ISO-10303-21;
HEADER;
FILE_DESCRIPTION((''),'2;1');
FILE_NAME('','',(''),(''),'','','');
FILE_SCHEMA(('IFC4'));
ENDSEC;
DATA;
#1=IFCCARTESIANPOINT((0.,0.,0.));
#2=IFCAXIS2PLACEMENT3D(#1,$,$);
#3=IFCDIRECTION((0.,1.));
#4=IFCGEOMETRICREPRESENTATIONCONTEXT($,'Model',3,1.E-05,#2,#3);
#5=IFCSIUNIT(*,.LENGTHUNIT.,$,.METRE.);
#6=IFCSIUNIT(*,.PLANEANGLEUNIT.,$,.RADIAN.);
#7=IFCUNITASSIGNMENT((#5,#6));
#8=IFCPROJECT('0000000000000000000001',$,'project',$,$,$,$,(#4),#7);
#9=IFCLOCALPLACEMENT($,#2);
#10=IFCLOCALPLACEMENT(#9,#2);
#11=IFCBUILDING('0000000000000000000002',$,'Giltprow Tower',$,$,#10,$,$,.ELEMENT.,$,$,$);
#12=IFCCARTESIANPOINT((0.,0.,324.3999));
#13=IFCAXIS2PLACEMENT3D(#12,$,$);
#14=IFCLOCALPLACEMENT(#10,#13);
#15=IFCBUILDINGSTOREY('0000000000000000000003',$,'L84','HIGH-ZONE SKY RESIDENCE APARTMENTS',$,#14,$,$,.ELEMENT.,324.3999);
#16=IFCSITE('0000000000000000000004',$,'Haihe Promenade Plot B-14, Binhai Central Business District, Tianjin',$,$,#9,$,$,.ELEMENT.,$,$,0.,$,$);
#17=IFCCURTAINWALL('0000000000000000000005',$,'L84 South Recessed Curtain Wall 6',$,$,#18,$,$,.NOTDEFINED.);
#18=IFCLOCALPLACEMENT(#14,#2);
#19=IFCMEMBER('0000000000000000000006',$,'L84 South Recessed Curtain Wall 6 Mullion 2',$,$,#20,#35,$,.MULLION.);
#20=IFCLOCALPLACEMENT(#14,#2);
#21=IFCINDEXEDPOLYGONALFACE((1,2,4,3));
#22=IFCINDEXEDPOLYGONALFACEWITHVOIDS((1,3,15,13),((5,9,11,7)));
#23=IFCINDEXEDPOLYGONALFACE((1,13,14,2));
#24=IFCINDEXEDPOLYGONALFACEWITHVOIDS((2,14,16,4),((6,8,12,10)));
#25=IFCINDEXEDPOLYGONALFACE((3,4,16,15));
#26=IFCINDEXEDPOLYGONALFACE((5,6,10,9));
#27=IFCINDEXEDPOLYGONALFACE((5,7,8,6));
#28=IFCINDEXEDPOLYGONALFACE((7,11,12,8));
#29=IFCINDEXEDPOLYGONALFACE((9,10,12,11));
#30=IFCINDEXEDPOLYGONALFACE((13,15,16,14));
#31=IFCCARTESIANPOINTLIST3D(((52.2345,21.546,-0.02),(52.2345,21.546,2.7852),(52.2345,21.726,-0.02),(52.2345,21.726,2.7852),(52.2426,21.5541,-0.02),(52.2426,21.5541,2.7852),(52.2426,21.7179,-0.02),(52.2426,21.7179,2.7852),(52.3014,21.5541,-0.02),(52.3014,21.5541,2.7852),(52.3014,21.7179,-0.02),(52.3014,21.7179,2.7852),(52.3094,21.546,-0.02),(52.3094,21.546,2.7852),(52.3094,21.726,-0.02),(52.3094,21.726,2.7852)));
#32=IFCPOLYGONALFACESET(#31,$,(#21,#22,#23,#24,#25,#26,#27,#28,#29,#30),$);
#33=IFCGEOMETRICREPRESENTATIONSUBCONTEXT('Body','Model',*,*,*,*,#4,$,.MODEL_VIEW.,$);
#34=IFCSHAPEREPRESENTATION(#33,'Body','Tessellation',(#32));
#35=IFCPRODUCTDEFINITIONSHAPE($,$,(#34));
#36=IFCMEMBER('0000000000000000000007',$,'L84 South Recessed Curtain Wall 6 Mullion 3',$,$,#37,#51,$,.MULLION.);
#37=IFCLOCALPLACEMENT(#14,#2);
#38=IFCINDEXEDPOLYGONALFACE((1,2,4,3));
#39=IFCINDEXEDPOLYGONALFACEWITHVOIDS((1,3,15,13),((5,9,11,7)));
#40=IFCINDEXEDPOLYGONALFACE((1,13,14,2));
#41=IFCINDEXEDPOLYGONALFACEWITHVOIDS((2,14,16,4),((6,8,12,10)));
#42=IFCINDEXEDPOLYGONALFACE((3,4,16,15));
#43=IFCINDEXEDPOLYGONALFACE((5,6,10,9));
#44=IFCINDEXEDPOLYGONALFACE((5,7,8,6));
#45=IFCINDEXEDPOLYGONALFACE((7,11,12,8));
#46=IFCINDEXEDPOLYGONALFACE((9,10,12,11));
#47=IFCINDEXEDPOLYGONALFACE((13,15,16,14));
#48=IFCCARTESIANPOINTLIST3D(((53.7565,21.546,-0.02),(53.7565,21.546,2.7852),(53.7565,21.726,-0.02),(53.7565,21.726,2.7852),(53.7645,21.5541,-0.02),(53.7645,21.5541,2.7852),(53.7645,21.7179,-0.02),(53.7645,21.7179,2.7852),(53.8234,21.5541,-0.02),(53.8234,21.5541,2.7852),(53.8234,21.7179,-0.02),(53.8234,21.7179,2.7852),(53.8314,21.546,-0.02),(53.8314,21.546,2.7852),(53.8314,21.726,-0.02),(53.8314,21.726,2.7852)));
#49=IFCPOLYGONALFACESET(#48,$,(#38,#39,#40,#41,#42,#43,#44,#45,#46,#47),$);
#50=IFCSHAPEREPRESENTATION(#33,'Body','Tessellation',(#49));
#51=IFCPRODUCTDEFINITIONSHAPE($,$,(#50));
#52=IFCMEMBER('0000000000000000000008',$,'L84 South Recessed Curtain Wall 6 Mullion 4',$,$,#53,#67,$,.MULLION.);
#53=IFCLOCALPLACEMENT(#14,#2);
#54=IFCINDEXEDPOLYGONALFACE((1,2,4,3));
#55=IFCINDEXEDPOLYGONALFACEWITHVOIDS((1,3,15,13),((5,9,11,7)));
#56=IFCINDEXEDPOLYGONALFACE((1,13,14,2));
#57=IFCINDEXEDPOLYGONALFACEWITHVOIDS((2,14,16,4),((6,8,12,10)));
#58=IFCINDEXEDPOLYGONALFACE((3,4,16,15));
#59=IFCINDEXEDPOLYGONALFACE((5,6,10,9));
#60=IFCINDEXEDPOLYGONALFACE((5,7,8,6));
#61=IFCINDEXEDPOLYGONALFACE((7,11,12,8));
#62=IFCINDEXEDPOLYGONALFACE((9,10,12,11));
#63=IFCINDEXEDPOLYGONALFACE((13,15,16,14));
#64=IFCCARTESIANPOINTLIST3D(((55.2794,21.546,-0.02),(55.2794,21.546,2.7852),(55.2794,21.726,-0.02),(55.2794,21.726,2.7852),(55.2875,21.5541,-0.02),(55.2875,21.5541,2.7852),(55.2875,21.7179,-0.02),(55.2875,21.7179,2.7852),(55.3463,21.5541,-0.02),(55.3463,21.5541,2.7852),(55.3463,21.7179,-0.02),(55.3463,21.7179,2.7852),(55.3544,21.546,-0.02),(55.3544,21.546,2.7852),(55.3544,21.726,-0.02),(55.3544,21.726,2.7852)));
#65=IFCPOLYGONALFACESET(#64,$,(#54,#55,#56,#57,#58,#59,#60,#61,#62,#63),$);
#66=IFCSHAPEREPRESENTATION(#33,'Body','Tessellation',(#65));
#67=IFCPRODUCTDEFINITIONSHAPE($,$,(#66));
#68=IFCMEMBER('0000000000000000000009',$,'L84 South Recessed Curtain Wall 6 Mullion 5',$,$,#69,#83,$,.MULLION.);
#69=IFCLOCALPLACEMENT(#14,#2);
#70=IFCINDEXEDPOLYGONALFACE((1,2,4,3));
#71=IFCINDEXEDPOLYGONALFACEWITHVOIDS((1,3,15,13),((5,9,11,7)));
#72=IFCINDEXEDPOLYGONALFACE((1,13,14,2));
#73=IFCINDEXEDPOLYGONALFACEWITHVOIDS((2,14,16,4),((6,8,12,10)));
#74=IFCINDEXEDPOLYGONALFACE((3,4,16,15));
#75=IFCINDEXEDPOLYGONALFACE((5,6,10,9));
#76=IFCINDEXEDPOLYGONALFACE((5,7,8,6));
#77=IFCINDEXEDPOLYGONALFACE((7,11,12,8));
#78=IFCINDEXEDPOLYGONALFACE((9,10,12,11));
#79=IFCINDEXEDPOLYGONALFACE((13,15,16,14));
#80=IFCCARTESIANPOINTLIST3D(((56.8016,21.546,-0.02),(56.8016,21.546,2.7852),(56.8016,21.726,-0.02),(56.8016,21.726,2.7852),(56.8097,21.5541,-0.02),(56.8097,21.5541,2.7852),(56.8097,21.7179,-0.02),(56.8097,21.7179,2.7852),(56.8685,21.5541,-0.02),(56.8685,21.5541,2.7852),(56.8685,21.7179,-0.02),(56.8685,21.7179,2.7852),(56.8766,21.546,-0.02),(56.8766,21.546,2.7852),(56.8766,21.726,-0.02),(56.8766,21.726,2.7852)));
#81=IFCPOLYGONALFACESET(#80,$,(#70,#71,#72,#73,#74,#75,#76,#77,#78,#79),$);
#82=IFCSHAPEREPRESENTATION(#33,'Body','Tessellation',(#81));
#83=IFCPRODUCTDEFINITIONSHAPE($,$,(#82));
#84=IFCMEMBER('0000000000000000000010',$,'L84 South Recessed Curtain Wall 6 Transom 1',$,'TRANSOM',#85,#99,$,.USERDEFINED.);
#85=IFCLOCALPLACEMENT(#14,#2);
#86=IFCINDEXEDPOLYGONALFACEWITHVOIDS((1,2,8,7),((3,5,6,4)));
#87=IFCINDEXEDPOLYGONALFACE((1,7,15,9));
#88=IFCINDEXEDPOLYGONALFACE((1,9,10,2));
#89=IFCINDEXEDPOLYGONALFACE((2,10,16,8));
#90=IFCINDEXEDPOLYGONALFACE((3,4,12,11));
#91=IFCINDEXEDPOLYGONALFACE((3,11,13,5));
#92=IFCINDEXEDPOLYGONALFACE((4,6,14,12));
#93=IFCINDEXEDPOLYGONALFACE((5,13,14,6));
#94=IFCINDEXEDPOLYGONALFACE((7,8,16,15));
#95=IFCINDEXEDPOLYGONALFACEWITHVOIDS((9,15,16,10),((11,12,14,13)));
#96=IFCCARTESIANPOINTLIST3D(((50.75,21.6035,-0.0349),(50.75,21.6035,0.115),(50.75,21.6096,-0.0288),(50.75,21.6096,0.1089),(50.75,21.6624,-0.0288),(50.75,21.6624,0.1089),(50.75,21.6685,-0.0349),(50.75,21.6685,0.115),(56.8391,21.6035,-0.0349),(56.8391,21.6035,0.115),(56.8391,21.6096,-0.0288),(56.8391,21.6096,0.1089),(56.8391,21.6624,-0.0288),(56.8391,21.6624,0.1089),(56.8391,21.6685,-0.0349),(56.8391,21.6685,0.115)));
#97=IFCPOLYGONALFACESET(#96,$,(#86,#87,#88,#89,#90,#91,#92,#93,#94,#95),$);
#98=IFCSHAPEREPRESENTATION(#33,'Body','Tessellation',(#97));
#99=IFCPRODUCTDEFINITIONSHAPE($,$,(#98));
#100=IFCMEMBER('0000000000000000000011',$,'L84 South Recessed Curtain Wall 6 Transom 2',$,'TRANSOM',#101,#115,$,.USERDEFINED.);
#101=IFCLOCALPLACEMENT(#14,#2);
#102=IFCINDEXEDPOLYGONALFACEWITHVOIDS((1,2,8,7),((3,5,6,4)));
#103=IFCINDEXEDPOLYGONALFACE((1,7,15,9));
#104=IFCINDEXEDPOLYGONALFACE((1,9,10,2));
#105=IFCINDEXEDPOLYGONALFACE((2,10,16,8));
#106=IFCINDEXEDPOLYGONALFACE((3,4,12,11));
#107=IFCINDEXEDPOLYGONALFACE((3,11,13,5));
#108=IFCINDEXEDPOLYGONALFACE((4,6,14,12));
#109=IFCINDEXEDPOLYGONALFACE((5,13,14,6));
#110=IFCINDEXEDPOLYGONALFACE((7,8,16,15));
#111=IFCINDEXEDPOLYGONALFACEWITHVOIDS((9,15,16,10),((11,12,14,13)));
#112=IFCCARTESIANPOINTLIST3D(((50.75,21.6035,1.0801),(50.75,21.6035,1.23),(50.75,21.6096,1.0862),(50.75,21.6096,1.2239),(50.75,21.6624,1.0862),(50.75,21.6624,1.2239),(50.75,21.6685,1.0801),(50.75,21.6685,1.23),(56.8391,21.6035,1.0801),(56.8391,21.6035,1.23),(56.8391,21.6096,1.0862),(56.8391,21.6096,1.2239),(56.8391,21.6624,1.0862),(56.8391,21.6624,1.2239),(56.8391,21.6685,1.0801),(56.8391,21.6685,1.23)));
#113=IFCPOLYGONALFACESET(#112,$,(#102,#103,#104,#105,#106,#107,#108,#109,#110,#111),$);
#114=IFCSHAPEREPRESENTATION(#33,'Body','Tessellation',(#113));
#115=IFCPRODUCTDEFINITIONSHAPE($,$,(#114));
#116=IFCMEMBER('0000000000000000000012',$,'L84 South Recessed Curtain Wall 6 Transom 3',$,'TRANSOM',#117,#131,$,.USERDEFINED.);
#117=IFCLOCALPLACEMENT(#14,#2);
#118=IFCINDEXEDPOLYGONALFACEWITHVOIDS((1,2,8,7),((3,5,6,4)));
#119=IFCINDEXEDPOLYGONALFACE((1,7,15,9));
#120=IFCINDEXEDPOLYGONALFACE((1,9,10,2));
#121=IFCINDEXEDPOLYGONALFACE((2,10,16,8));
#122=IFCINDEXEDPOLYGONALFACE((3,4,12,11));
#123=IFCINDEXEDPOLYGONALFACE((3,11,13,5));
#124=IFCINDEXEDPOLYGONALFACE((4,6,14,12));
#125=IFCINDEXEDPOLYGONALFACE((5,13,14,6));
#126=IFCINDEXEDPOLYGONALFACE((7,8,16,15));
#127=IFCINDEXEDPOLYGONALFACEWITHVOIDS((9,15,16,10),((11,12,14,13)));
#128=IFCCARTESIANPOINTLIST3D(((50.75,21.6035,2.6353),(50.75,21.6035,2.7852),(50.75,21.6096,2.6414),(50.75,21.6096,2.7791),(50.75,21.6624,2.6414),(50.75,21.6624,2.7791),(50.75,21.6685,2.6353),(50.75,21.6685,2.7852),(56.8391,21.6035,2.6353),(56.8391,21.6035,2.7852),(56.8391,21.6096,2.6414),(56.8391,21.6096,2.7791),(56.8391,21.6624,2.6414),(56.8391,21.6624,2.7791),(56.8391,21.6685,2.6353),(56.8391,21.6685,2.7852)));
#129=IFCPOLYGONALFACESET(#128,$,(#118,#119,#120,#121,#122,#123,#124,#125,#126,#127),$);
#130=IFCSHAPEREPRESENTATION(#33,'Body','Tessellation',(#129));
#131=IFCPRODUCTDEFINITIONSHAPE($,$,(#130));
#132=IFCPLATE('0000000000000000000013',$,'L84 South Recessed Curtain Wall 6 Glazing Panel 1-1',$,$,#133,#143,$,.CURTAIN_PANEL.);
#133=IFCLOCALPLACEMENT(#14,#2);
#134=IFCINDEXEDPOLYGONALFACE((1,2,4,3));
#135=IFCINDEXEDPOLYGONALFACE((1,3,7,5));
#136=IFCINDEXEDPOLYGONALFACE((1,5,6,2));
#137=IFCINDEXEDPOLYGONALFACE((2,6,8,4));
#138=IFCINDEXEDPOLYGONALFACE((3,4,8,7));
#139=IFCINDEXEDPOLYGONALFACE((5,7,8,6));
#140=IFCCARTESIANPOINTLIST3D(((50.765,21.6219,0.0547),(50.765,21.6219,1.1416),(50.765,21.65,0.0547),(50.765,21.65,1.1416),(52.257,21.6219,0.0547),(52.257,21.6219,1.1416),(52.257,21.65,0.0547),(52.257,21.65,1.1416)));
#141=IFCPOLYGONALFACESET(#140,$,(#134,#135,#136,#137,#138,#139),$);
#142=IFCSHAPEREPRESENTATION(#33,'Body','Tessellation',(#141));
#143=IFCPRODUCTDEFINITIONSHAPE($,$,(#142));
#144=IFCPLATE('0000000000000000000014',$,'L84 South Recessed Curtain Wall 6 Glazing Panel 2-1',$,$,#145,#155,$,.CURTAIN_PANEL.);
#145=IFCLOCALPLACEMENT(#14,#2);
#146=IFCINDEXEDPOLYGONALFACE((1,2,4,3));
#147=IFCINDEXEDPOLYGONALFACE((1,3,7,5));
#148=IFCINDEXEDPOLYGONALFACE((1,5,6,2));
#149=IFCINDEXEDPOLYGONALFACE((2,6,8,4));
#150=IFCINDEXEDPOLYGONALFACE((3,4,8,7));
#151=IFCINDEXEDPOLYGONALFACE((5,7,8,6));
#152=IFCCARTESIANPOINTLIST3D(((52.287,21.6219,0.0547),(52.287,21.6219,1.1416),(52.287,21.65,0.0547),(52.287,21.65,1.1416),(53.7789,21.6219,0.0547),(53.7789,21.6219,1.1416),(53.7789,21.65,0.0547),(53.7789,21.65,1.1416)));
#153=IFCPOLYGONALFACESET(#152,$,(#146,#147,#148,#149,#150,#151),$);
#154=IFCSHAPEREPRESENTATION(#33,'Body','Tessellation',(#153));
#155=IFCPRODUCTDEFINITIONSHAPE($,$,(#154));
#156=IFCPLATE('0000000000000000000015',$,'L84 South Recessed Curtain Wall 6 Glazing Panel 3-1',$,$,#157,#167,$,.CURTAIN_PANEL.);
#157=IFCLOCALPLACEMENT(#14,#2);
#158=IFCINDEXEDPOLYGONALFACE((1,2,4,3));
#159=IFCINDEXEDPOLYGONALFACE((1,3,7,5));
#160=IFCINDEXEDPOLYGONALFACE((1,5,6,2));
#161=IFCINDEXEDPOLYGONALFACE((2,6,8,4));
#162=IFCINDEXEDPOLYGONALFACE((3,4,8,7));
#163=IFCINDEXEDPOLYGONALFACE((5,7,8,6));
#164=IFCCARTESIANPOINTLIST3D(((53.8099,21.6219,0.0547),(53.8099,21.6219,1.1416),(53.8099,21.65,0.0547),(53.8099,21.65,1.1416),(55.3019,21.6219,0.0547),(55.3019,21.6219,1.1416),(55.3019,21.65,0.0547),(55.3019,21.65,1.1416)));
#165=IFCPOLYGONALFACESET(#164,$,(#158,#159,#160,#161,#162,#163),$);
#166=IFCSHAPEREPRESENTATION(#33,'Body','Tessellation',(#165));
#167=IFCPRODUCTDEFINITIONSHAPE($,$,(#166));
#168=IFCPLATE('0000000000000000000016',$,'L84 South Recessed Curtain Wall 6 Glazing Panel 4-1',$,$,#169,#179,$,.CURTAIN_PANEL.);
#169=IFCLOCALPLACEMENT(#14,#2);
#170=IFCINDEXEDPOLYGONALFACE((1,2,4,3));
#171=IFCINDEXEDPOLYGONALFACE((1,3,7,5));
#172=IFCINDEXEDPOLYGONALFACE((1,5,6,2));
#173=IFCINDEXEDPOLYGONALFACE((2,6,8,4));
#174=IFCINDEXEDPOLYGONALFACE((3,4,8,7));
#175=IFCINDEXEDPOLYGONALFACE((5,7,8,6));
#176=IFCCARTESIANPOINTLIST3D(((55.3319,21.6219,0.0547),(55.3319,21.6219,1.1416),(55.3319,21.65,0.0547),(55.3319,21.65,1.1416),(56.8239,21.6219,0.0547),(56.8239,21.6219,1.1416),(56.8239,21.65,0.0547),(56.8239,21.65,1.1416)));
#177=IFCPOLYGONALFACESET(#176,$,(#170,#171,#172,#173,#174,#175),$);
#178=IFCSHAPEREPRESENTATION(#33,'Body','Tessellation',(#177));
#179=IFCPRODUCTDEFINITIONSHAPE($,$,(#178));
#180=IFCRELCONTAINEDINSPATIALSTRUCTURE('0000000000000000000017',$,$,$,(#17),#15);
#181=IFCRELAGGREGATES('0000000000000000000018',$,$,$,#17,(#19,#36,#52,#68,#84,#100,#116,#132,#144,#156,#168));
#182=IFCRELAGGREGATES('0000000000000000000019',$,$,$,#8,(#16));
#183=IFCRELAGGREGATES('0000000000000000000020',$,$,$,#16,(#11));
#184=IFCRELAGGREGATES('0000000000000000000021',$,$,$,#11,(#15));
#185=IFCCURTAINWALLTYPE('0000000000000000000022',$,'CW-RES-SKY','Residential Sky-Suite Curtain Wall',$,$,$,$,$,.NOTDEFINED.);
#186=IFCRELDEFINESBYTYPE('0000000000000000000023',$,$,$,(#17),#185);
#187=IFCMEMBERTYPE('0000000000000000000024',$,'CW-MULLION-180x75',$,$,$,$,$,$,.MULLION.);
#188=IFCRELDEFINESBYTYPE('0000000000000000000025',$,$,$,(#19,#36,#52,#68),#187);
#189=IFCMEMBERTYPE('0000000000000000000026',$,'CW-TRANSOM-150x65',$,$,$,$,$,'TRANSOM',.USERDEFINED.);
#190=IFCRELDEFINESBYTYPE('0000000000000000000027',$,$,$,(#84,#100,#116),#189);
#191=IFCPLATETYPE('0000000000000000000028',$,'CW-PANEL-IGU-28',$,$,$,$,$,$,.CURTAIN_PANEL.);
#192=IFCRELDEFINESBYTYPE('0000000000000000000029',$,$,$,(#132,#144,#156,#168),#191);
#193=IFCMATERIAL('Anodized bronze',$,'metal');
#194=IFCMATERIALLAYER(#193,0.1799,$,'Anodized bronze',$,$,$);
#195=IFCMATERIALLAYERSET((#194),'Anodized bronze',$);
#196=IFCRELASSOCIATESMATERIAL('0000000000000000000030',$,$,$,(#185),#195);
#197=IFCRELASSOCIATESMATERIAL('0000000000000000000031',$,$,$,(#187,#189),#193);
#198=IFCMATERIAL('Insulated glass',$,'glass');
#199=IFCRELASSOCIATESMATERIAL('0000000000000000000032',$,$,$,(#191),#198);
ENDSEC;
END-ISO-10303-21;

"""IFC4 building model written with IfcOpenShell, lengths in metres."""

from ifc_helpers import new_model, si_unit, direction, frame, origin, origin_2d, place, context, subcontext, project, spatial, rectangle, hollow_rectangle, extrude, source, transform, mapped, material, layer, layer_set, material_profile, profile_set, type_object, element, aggregate, save


model = new_model("IFC4")

# Units and contexts
model_context = context("Model", 3, precision=1e-05, world=origin(), true_north=direction((0.0, 1.0)))
body_context = subcontext(model_context, "Body", "Model", "MODEL_VIEW")
ifc_project = project(units=[si_unit("LENGTHUNIT", "METRE"), si_unit("PLANEANGLEUNIT", "RADIAN")], contexts=[model_context])

# Site, building, storey
site_placement = place(None, origin())
site = spatial("IfcSite", under=ifc_project, at=site_placement, Name="Haihe Promenade Plot B-14, Binhai Central Business District, Tianjin", CompositionType="ELEMENT", RefElevation=0.0)
building_placement = place(site_placement, origin())
building = spatial("IfcBuilding", under=site, at=building_placement, Name="Giltprow Tower", CompositionType="ELEMENT")
storey_placement = place(building_placement, frame((0.0, 0.0, 324.3999)))
storey = spatial("IfcBuildingStorey", under=building, at=storey_placement, Name="L84", Description="HIGH-ZONE SKY RESIDENCE APARTMENTS", CompositionType="ELEMENT", Elevation=324.3999)

# Curtain wall, members, plates
ifc_material_1 = material(Name="Anodized bronze", Category="metal")
ifc_layer_1 = layer(ifc_material_1, 0.1799, Name="Anodized bronze")
ifc_layer_set_1 = layer_set([ifc_layer_1], Name="Anodized bronze")
curtain_wall_type = type_object("IfcCurtainWallType", Name="CW-RES-SKY", Description="Residential Sky-Suite Curtain Wall", PredefinedType="NOTDEFINED", material=ifc_layer_set_1)
curtain_wall_placement = place(storey_placement, origin())
curtain_wall = element("IfcCurtainWall", 1, at=curtain_wall_placement, inside=storey, type_object=curtain_wall_type, Name="L84 South Recessed Curtain Wall 6", PredefinedType="NOTDEFINED")
ifc_material_profile_1 = material_profile(ifc_material_1, hollow_rectangle(XDim=0.075, YDim=0.1799, WallThickness=0.0081, at=origin_2d()), Name="RHS 180x75x8")
ifc_profile_set_1 = profile_set([ifc_material_profile_1], Name="Anodized bronze")
member_type_1 = type_object("IfcMemberType", Name="CW-MULLION-180x75", PredefinedType="MULLION", material=ifc_profile_set_1)
shared_shape_1 = source(origin(), body_context, "Body", "SweptSolid", [
    extrude(hollow_rectangle(XDim=0.075, YDim=0.1799, WallThickness=0.0081, at=origin_2d()), origin(), (0.0, 0.0, 1.0), 2.8052),
])
member_1_placement = place(storey_placement, frame((52.272, 21.636, -0.02), z_axis=(0.0, 0.0, 1.0), x_axis=(1.0, 0.0, 0.0)))
member_1 = element("IfcMember", 2, at=member_1_placement, type_object=member_type_1, Name="L84 South Recessed Curtain Wall 6 Mullion 2", PredefinedType="MULLION", context=body_context, shape_type="MappedRepresentation", body=[
    mapped(shared_shape_1, transform((0.0, 0.0, 0.0), x_axis=(1.0, 0.0, 0.0), y_axis=(0.0, 1.0, 0.0), z_axis=(0.0, 0.0, 1.0), scale=1.0)),
])
member_2_placement = place(storey_placement, frame((53.7939, 21.636, -0.02), z_axis=(0.0, 0.0, 1.0), x_axis=(1.0, 0.0, 0.0)))
member_2 = element("IfcMember", 3, at=member_2_placement, type_object=member_type_1, Name="L84 South Recessed Curtain Wall 6 Mullion 3", PredefinedType="MULLION", context=body_context, shape_type="MappedRepresentation", body=[
    mapped(shared_shape_1, transform((0.0, 0.0, 0.0), x_axis=(1.0, 0.0, 0.0), y_axis=(0.0, 1.0, 0.0), z_axis=(0.0, 0.0, 1.0), scale=1.0)),
])
member_3_placement = place(storey_placement, frame((55.3169, 21.636, -0.02), z_axis=(0.0, 0.0, 1.0), x_axis=(1.0, 0.0, 0.0)))
member_3 = element("IfcMember", 4, at=member_3_placement, type_object=member_type_1, Name="L84 South Recessed Curtain Wall 6 Mullion 4", PredefinedType="MULLION", context=body_context, shape_type="MappedRepresentation", body=[
    mapped(shared_shape_1, transform((0.0, 0.0, 0.0), x_axis=(1.0, 0.0, 0.0), y_axis=(0.0, 1.0, 0.0), z_axis=(0.0, 0.0, 1.0), scale=1.0)),
])
member_4_placement = place(storey_placement, frame((56.8391, 21.636, -0.02), z_axis=(0.0, 0.0, 1.0), x_axis=(1.0, 0.0, 0.0)))
member_4 = element("IfcMember", 5, at=member_4_placement, type_object=member_type_1, Name="L84 South Recessed Curtain Wall 6 Mullion 5", PredefinedType="MULLION", context=body_context, shape_type="MappedRepresentation", body=[
    mapped(shared_shape_1, transform((0.0, 0.0, 0.0), x_axis=(1.0, 0.0, 0.0), y_axis=(0.0, 1.0, 0.0), z_axis=(0.0, 0.0, 1.0), scale=1.0)),
])
ifc_material_profile_2 = material_profile(ifc_material_1, hollow_rectangle(XDim=0.0649, YDim=0.1499, WallThickness=0.0061, at=origin_2d()), Name="RHS 150x65x6")
ifc_profile_set_2 = profile_set([ifc_material_profile_2], Name="Anodized bronze")
member_type_2 = type_object("IfcMemberType", Name="CW-TRANSOM-150x65", ElementType="TRANSOM", PredefinedType="USERDEFINED", material=ifc_profile_set_2)
shared_shape_2 = source(origin(), body_context, "Body", "SweptSolid", [
    extrude(hollow_rectangle(XDim=0.0649, YDim=0.1499, WallThickness=0.0061, at=origin_2d()), origin(), (0.0, 0.0, 1.0), 6.0891),
])
member_5_placement = place(storey_placement, frame((50.75, 21.636, 0.04), z_axis=(1.0, 0.0, 0.0), x_axis=(0.0, 1.0, 0.0)))
member_5 = element("IfcMember", 6, at=member_5_placement, type_object=member_type_2, Name="L84 South Recessed Curtain Wall 6 Transom 1", ObjectType="TRANSOM", PredefinedType="USERDEFINED", context=body_context, shape_type="MappedRepresentation", body=[
    mapped(shared_shape_2, transform((0.0, 0.0, 0.0), x_axis=(1.0, 0.0, 0.0), y_axis=(0.0, 1.0, 0.0), z_axis=(0.0, 0.0, 1.0), scale=1.0)),
])
member_6_placement = place(storey_placement, frame((50.75, 21.636, 1.155), z_axis=(1.0, 0.0, 0.0), x_axis=(0.0, 1.0, 0.0)))
member_6 = element("IfcMember", 7, at=member_6_placement, type_object=member_type_2, Name="L84 South Recessed Curtain Wall 6 Transom 2", ObjectType="TRANSOM", PredefinedType="USERDEFINED", context=body_context, shape_type="MappedRepresentation", body=[
    mapped(shared_shape_2, transform((0.0, 0.0, 0.0), x_axis=(1.0, 0.0, 0.0), y_axis=(0.0, 1.0, 0.0), z_axis=(0.0, 0.0, 1.0), scale=1.0)),
])
member_7_placement = place(storey_placement, frame((50.75, 21.636, 2.7102), z_axis=(1.0, 0.0, 0.0), x_axis=(0.0, 1.0, 0.0)))
member_7 = element("IfcMember", 8, at=member_7_placement, type_object=member_type_2, Name="L84 South Recessed Curtain Wall 6 Transom 3", ObjectType="TRANSOM", PredefinedType="USERDEFINED", context=body_context, shape_type="MappedRepresentation", body=[
    mapped(shared_shape_2, transform((0.0, 0.0, 0.0), x_axis=(1.0, 0.0, 0.0), y_axis=(0.0, 1.0, 0.0), z_axis=(0.0, 0.0, 1.0), scale=1.0)),
])
ifc_material_2 = material(Name="Insulated glass", Category="glass")
plate_type = type_object("IfcPlateType", Name="CW-PANEL-IGU-28", PredefinedType="CURTAIN_PANEL", material=ifc_material_2)
shared_shape_3 = source(origin(), body_context, "Body", "SweptSolid", [
    extrude(rectangle(XDim=1.4919, YDim=0.0281, at=origin_2d()), origin(), (0.0, 0.0, 1.0), 1.0869),
])
plate_1_placement = place(storey_placement, frame((51.511, 21.636, 0.0547), z_axis=(0.0, 0.0, 1.0), x_axis=(1.0, 0.0, 0.0)))
plate_1 = element("IfcPlate", 9, at=plate_1_placement, type_object=plate_type, Name="L84 South Recessed Curtain Wall 6 Glazing Panel 1-1", PredefinedType="CURTAIN_PANEL", context=body_context, shape_type="MappedRepresentation", body=[
    mapped(shared_shape_3, transform((0.0, 0.0, 0.0), x_axis=(1.0, 0.0, 0.0), y_axis=(0.0, 1.0, 0.0), z_axis=(0.0, 0.0, 1.0), scale=1.0)),
])
plate_2_placement = place(storey_placement, frame((53.033, 21.636, 0.0547), z_axis=(0.0, 0.0, 1.0), x_axis=(1.0, 0.0, 0.0)))
plate_2 = element("IfcPlate", 10, at=plate_2_placement, type_object=plate_type, Name="L84 South Recessed Curtain Wall 6 Glazing Panel 2-1", PredefinedType="CURTAIN_PANEL", context=body_context, shape_type="MappedRepresentation", body=[
    mapped(shared_shape_3, transform((0.0, 0.0, 0.0), x_axis=(1.0, 0.0, 0.0), y_axis=(0.0, 1.0, 0.0), z_axis=(0.0, 0.0, 1.0), scale=1.0)),
])
plate_3_placement = place(storey_placement, frame((54.5559, 21.636, 0.0547), z_axis=(0.0, 0.0, 1.0), x_axis=(1.0, 0.0, 0.0)))
plate_3 = element("IfcPlate", 11, at=plate_3_placement, type_object=plate_type, Name="L84 South Recessed Curtain Wall 6 Glazing Panel 3-1", PredefinedType="CURTAIN_PANEL", context=body_context, shape_type="MappedRepresentation", body=[
    mapped(shared_shape_3, transform((0.0, 0.0, 0.0), x_axis=(1.0, 0.0, 0.0), y_axis=(0.0, 1.0, 0.0), z_axis=(0.0, 0.0, 1.0), scale=1.0)),
])
plate_4_placement = place(storey_placement, frame((56.0779, 21.636, 0.0547), z_axis=(0.0, 0.0, 1.0), x_axis=(1.0, 0.0, 0.0)))
plate_4 = element("IfcPlate", 12, at=plate_4_placement, type_object=plate_type, Name="L84 South Recessed Curtain Wall 6 Glazing Panel 4-1", PredefinedType="CURTAIN_PANEL", context=body_context, shape_type="MappedRepresentation", body=[
    mapped(shared_shape_3, transform((0.0, 0.0, 0.0), x_axis=(1.0, 0.0, 0.0), y_axis=(0.0, 1.0, 0.0), z_axis=(0.0, 0.0, 1.0), scale=1.0)),
])
aggregate(curtain_wall, [member_1, member_2, member_3, member_4, member_5, member_6, member_7, plate_1, plate_2, plate_3, plate_4])

save(model, "model.ifc")
